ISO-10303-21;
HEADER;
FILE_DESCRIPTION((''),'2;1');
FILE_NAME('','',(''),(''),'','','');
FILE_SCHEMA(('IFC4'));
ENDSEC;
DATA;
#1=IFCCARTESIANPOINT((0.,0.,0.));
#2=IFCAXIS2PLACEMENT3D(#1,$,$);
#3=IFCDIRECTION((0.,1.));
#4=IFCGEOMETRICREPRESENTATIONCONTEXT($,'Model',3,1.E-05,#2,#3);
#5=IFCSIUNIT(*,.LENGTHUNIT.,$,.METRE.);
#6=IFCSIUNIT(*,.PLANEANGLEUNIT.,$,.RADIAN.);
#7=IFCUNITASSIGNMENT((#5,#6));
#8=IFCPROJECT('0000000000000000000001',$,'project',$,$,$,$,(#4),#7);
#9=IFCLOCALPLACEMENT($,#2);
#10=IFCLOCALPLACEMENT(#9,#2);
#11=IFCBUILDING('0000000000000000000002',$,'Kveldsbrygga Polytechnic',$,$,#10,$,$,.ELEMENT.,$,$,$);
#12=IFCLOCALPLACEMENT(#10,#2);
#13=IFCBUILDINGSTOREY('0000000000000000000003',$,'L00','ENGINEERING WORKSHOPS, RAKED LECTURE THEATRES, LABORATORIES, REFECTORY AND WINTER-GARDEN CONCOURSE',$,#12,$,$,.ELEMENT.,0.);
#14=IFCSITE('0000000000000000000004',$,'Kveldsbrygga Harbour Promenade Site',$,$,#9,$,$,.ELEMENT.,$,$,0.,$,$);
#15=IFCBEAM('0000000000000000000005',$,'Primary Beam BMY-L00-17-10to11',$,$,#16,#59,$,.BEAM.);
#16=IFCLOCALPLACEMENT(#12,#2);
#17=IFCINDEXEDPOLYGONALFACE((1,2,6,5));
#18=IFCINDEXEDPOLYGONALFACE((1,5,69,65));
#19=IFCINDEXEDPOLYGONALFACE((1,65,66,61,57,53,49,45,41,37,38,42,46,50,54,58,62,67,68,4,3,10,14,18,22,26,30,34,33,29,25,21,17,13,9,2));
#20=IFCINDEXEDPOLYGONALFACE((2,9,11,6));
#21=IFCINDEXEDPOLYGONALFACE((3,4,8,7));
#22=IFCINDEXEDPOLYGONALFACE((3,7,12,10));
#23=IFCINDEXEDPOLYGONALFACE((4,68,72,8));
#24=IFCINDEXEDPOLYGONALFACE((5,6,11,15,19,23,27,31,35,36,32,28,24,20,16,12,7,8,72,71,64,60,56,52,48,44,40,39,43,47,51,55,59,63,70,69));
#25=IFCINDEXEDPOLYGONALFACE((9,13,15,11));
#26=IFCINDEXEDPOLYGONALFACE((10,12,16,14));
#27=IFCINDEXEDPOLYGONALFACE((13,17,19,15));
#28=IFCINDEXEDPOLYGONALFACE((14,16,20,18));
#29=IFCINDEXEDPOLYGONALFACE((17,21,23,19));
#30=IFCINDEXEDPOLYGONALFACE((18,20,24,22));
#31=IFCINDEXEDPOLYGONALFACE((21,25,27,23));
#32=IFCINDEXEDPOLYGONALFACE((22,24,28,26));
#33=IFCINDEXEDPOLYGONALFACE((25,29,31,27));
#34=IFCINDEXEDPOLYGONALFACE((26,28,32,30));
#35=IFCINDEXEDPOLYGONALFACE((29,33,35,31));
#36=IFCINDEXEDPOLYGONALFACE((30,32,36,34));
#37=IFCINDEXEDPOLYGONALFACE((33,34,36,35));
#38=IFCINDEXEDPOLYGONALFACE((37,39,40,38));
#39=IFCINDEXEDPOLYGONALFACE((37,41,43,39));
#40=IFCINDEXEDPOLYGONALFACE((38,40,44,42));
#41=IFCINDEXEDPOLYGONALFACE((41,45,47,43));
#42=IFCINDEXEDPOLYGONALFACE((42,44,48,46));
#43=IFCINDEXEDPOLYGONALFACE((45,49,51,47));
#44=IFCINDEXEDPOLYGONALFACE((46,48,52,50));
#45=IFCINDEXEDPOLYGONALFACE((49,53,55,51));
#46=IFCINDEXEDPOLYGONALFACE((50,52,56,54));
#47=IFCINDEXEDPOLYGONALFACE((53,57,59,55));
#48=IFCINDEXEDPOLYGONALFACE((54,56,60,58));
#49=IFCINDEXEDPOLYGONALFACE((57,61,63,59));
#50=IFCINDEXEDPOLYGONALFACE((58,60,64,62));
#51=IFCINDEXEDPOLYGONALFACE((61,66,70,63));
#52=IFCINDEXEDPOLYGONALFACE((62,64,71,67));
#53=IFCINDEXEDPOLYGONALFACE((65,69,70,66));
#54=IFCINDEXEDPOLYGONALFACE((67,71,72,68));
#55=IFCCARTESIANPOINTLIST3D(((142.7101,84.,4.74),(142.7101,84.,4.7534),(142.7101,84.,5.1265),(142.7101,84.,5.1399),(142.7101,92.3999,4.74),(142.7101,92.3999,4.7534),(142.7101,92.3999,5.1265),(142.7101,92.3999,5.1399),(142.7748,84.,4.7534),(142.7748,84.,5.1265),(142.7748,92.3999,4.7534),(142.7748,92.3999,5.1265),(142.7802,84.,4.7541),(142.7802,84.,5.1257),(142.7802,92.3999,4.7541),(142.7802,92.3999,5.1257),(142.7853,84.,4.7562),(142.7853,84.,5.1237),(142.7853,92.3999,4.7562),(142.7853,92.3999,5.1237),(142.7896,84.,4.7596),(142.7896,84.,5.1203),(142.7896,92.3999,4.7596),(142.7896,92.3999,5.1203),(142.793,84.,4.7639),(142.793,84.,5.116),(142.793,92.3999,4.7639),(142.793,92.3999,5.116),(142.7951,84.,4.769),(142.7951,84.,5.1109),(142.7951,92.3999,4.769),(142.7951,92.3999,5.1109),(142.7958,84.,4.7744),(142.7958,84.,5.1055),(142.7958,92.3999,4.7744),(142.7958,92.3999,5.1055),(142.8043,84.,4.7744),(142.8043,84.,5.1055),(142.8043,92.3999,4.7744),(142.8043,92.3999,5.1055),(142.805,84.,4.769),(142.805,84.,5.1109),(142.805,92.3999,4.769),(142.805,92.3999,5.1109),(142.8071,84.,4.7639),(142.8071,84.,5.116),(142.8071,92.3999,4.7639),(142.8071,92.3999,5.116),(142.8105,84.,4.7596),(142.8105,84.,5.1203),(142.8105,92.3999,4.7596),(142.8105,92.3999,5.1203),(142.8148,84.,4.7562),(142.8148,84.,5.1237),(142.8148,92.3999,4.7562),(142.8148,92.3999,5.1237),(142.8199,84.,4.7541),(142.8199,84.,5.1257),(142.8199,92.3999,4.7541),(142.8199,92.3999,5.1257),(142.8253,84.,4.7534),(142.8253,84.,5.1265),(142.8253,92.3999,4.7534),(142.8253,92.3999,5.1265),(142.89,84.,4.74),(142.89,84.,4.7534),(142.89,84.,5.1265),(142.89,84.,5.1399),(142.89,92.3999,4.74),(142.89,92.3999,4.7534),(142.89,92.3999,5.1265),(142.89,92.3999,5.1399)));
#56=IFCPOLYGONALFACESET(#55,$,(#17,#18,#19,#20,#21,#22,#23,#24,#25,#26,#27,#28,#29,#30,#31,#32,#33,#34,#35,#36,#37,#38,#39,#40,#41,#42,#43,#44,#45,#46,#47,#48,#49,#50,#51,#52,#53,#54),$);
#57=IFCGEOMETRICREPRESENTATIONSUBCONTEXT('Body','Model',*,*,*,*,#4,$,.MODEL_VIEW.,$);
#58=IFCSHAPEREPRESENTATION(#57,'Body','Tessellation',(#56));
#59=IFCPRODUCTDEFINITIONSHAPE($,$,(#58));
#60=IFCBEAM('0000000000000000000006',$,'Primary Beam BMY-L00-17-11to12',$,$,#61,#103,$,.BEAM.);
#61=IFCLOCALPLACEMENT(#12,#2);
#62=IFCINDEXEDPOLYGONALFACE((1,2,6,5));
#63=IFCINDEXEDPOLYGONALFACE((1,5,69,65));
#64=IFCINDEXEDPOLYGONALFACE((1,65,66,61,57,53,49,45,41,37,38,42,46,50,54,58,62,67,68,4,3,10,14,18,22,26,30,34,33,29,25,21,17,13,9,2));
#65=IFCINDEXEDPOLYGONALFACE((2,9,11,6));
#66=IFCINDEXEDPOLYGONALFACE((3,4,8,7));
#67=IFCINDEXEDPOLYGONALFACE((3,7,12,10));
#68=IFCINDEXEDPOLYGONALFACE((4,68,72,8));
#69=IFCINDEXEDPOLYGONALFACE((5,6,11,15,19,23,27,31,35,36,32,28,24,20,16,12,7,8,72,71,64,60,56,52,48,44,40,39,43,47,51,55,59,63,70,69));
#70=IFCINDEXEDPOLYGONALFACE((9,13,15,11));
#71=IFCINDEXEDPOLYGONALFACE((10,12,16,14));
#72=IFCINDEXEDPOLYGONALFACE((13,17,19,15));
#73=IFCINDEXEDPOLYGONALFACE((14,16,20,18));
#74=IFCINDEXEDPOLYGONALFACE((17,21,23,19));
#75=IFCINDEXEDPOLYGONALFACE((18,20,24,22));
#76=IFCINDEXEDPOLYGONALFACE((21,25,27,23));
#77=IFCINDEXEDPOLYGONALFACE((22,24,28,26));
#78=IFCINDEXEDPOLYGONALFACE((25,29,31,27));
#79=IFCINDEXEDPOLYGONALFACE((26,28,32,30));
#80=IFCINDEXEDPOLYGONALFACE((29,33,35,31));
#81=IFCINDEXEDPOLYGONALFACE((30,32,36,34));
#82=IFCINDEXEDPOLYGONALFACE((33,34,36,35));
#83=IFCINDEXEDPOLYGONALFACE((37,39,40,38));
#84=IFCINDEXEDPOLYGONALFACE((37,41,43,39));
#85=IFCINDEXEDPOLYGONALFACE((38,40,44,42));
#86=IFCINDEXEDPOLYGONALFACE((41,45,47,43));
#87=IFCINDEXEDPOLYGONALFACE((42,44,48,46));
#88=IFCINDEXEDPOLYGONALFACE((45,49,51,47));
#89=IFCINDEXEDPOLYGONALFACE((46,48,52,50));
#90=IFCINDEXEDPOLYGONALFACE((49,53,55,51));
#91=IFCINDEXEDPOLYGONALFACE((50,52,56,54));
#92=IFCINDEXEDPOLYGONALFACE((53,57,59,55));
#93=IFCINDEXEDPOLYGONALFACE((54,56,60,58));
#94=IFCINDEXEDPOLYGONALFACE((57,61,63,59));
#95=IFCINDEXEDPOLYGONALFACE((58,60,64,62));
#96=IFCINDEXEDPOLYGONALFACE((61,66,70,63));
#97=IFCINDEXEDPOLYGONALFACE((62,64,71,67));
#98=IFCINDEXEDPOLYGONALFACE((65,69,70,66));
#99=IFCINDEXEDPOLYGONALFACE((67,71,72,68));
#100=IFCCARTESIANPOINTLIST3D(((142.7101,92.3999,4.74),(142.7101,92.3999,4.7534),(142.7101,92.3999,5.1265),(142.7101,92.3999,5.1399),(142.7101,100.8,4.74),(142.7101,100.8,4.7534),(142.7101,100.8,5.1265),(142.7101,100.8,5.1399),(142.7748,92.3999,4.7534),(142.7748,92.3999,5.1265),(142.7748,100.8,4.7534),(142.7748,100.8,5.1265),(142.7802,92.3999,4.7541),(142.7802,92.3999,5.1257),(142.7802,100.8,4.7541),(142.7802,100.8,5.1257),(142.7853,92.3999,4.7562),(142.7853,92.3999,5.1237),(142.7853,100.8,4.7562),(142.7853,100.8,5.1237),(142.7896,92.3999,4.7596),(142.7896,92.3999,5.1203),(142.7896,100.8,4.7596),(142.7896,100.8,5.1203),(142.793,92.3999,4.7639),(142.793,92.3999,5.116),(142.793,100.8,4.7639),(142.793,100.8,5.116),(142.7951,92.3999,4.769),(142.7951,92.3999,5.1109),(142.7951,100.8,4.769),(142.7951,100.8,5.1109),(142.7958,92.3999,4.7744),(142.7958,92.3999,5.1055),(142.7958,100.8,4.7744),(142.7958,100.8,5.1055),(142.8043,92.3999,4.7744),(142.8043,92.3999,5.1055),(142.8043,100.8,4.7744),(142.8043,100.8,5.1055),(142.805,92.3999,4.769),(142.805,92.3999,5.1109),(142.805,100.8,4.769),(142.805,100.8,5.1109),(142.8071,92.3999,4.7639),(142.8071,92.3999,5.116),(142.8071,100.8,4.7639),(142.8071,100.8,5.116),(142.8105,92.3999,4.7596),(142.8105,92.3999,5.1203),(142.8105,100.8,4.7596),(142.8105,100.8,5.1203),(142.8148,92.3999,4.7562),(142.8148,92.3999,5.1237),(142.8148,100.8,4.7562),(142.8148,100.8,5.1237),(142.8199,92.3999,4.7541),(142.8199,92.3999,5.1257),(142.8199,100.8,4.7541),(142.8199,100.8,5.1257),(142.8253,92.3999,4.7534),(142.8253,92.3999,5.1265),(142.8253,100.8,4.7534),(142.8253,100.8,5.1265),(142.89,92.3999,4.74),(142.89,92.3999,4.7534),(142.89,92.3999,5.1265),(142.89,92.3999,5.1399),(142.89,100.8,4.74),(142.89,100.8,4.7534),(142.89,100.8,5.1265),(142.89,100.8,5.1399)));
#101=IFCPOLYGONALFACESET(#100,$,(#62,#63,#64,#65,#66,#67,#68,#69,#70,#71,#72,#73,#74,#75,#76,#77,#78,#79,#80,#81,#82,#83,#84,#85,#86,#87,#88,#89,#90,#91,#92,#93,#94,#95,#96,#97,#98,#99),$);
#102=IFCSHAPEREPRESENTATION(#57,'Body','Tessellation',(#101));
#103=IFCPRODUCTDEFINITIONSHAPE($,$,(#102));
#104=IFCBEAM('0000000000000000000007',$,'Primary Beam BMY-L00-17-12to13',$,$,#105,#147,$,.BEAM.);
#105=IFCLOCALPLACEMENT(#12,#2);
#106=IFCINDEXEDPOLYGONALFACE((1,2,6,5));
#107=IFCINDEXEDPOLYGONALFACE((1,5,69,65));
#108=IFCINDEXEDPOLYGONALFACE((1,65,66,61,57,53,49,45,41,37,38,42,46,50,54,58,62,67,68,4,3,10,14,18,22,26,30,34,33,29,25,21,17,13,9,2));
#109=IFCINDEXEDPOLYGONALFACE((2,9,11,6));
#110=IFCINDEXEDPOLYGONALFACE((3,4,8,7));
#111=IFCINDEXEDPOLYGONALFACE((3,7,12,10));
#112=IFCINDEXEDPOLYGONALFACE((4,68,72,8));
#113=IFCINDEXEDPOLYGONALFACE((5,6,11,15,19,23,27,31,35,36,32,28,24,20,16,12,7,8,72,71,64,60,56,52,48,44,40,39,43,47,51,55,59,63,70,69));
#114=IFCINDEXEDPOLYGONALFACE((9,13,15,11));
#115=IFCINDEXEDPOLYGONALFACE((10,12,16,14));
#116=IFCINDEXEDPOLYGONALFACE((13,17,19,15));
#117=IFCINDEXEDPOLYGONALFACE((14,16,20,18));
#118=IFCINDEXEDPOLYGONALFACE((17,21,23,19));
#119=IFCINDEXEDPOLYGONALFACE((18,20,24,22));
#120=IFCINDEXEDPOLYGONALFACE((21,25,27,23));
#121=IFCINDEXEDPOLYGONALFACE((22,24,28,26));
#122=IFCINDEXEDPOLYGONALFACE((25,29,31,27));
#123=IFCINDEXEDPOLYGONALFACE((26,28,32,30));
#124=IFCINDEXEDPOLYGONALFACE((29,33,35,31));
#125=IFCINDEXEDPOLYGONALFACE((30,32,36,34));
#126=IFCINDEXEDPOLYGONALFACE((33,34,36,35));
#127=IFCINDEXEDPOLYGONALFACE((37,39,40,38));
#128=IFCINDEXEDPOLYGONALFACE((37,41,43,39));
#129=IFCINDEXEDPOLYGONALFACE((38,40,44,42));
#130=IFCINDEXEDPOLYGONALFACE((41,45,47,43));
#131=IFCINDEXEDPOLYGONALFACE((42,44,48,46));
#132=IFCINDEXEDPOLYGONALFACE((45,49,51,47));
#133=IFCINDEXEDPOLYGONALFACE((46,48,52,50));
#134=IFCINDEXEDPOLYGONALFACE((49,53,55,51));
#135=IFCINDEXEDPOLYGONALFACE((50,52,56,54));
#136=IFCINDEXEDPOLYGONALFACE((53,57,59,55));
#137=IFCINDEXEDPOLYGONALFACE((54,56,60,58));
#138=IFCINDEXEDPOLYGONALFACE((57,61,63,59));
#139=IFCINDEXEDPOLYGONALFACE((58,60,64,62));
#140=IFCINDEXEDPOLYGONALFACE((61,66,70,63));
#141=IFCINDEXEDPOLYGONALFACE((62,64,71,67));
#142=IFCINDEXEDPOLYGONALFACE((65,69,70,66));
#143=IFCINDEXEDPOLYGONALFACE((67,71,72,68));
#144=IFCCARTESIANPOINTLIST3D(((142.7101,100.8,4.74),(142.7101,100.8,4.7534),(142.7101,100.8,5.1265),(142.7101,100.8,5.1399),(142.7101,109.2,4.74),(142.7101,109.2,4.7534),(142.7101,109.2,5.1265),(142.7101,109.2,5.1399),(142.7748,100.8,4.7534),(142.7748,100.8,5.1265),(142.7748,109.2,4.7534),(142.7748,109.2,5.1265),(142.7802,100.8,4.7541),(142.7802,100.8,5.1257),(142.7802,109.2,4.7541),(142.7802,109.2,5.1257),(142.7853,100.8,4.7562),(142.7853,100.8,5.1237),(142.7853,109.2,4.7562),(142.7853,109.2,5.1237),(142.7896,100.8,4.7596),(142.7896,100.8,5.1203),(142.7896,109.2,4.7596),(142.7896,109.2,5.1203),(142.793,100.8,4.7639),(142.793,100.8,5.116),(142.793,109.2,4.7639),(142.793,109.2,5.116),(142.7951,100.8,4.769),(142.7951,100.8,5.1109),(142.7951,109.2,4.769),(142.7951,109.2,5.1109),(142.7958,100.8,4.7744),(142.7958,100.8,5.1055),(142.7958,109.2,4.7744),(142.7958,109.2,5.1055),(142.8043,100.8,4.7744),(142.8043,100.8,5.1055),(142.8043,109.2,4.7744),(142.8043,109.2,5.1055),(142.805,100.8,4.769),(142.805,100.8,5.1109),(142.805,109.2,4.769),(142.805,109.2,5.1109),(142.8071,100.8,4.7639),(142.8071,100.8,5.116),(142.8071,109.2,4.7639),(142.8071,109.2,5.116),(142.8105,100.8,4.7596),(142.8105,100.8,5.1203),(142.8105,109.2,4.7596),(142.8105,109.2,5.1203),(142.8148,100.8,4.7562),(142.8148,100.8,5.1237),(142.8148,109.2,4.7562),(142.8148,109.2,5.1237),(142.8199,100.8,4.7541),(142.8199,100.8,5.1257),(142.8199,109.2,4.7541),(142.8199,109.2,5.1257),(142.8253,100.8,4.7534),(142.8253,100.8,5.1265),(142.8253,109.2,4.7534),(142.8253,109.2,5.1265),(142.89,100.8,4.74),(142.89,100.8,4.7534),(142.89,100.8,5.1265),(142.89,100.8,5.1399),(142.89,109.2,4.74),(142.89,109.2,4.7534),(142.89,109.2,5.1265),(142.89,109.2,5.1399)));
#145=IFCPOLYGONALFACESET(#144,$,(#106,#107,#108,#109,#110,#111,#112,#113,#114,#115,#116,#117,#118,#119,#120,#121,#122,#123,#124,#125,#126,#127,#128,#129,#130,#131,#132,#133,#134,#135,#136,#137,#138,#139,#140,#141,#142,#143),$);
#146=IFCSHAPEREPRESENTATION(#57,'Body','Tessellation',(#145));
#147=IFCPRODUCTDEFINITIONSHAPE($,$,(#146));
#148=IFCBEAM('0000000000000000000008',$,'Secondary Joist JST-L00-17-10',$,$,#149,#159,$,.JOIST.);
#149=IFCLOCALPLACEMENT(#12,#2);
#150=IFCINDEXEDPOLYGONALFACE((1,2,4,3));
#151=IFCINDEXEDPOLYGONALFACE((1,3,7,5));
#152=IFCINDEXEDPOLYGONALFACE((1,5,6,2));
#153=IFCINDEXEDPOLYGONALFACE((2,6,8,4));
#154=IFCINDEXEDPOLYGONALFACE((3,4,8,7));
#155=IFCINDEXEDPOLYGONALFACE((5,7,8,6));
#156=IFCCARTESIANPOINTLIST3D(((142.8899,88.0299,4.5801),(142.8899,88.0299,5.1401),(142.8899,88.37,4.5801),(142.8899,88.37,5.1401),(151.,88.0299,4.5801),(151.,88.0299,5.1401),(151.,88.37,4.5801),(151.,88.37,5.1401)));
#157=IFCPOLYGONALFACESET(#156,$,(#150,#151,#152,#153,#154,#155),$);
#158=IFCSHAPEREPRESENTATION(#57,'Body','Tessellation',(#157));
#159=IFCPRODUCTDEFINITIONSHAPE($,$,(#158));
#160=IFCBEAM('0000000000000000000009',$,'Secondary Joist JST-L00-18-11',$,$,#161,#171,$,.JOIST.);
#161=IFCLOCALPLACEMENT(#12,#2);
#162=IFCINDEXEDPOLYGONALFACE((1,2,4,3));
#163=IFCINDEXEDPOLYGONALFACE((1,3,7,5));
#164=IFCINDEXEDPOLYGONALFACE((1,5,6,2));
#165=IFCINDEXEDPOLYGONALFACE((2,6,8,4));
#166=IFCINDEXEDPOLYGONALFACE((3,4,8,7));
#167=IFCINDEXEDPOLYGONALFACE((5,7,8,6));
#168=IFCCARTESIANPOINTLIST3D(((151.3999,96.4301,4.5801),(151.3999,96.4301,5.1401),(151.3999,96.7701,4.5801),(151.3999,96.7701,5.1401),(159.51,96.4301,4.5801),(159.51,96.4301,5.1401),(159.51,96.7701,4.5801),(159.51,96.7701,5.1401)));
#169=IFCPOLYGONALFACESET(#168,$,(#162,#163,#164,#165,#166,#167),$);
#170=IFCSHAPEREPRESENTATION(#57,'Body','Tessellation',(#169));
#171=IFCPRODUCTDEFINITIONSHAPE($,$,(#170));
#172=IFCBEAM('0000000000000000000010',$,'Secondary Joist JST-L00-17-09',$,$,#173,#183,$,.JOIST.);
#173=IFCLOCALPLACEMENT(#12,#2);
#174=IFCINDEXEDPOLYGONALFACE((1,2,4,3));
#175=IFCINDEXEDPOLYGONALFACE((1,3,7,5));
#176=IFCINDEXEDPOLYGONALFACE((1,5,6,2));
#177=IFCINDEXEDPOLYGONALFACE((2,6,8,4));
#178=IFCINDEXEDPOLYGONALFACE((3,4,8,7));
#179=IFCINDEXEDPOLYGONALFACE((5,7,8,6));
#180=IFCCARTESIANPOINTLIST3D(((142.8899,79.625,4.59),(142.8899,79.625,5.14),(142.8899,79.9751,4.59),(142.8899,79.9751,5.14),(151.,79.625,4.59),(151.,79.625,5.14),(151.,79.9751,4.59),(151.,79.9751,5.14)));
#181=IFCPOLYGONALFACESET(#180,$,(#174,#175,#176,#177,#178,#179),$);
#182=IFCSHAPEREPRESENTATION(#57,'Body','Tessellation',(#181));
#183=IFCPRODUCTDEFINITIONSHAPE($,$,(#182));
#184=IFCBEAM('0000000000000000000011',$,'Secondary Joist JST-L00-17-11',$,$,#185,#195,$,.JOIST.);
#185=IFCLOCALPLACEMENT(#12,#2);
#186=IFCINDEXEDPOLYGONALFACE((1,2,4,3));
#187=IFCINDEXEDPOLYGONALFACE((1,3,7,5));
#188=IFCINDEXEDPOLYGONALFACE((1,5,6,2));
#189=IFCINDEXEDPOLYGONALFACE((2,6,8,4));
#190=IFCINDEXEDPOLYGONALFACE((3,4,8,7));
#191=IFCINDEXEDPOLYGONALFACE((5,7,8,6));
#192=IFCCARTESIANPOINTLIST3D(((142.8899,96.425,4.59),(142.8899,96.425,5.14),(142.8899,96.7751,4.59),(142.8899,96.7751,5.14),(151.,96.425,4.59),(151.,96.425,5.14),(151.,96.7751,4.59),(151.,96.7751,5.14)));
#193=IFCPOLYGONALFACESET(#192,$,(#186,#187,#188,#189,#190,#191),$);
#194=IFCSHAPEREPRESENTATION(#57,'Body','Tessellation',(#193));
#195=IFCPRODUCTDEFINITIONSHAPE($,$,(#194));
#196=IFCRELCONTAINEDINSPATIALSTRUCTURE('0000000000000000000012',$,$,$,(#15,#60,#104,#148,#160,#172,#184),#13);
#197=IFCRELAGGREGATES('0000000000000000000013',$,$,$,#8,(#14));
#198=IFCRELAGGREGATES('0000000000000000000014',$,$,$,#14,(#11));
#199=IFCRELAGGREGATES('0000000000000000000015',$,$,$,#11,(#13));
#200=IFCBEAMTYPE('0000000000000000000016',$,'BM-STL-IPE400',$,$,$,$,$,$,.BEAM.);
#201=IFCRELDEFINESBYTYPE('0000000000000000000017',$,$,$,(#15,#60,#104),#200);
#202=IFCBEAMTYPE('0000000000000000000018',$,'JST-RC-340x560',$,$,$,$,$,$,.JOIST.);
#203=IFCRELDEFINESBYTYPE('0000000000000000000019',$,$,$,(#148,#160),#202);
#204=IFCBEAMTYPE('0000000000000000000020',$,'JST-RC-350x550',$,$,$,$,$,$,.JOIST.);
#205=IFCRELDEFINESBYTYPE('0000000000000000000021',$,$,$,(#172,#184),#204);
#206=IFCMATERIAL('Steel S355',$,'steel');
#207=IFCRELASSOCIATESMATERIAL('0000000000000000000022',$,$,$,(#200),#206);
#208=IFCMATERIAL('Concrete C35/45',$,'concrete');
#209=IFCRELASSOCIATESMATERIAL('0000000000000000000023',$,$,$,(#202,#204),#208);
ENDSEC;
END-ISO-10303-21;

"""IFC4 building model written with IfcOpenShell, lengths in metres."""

from ifc_helpers import new_model, si_unit, direction, frame, origin, origin_2d, place, context, subcontext, project, spatial, rectangle, i_section, extrude, material, material_profile, profile_set, type_object, element, save


model = new_model("IFC4")

# Units and contexts
model_context = context("Model", 3, precision=1e-05, world=origin(), true_north=direction((0.0, 1.0)))
body_context = subcontext(model_context, "Body", "Model", "MODEL_VIEW")
ifc_project = project(units=[si_unit("LENGTHUNIT", "METRE"), si_unit("PLANEANGLEUNIT", "RADIAN")], contexts=[model_context])

# Site, building, storey
site_placement = place(None, origin())
site = spatial("IfcSite", under=ifc_project, at=site_placement, Name="Kveldsbrygga Harbour Promenade Site", CompositionType="ELEMENT", RefElevation=0.0)
building_placement = place(site_placement, origin())
building = spatial("IfcBuilding", under=site, at=building_placement, Name="Kveldsbrygga Polytechnic", CompositionType="ELEMENT")
storey_placement = place(building_placement, origin())
storey = spatial("IfcBuildingStorey", under=building, at=storey_placement, Name="L00", Description="ENGINEERING WORKSHOPS, RAKED LECTURE THEATRES, LABORATORIES, REFECTORY AND WINTER-GARDEN CONCOURSE", CompositionType="ELEMENT", Elevation=0.0)

# Beams
ifc_material_1 = material(Name="Concrete C35/45", Category="concrete")
ifc_material_2 = material(Name="Steel S355", Category="steel")
ifc_material_profile_1 = material_profile(ifc_material_2, i_section(OverallWidth=0.1799, OverallDepth=0.3999, WebThickness=0.0085, FlangeThickness=0.0134, FilletRadius=0.021, at=origin_2d()), Name="IPE 400")
ifc_profile_set_1 = profile_set([ifc_material_profile_1], Name="Steel S355")
beam_type_1 = type_object("IfcBeamType", Name="BM-STL-IPE400", PredefinedType="BEAM", material=ifc_profile_set_1)
beam_1_placement = place(storey_placement, frame((142.8, 84.0, 4.9399), z_axis=(0.0, 1.0, 0.0), x_axis=(-1.0, 0.0, 0.0)))
element("IfcBeam", 1, at=beam_1_placement, inside=storey, type_object=beam_type_1, Name="Primary Beam BMY-L00-17-10to11", PredefinedType="BEAM", context=body_context, shape_type="SweptSolid", body=[
    extrude(i_section(OverallWidth=0.1799, OverallDepth=0.3999, WebThickness=0.0085, FlangeThickness=0.0134, FilletRadius=0.021, at=origin_2d()), origin(), (0.0, 0.0, 1.0), 8.3999),
])
beam_2_placement = place(storey_placement, frame((142.8, 92.3999, 4.9399), z_axis=(0.0, 1.0, 0.0), x_axis=(-1.0, 0.0, 0.0)))
element("IfcBeam", 2, at=beam_2_placement, inside=storey, type_object=beam_type_1, Name="Primary Beam BMY-L00-17-11to12", PredefinedType="BEAM", context=body_context, shape_type="SweptSolid", body=[
    extrude(i_section(OverallWidth=0.1799, OverallDepth=0.3999, WebThickness=0.0085, FlangeThickness=0.0134, FilletRadius=0.021, at=origin_2d()), origin(), (0.0, 0.0, 1.0), 8.4001),
])
beam_3_placement = place(storey_placement, frame((142.8, 100.8, 4.9399), z_axis=(0.0, 1.0, 0.0), x_axis=(-1.0, 0.0, 0.0)))
element("IfcBeam", 3, at=beam_3_placement, inside=storey, type_object=beam_type_1, Name="Primary Beam BMY-L00-17-12to13", PredefinedType="BEAM", context=body_context, shape_type="SweptSolid", body=[
    extrude(i_section(OverallWidth=0.1799, OverallDepth=0.3999, WebThickness=0.0085, FlangeThickness=0.0134, FilletRadius=0.021, at=origin_2d()), origin(), (0.0, 0.0, 1.0), 8.3999),
])
ifc_material_profile_2 = material_profile(ifc_material_1, rectangle(XDim=0.3401, YDim=0.5601, at=origin_2d()), Name="RC 340x560")
ifc_profile_set_2 = profile_set([ifc_material_profile_2], Name="Concrete C35/45")
beam_type_2 = type_object("IfcBeamType", Name="JST-RC-340x560", PredefinedType="JOIST", material=ifc_profile_set_2)
for number, where, z_axis, x_axis, name in (
    (4, (142.8899, 88.2, 4.8601), (1.0, 0.0, 0.0), (0.0, 1.0, 0.0), "Secondary Joist JST-L00-17-10"),
    (5, (151.3999, 96.6001, 4.8601), (1.0, 0.0, 0.0), (0.0, 1.0, 0.0), "Secondary Joist JST-L00-18-11"),
):
    element("IfcBeam", number, at=place(storey_placement, frame(where, z_axis=z_axis, x_axis=x_axis)), inside=storey, type_object=beam_type_2, Name=name, PredefinedType="JOIST", context=body_context, shape_type="SweptSolid", body=[
        extrude(rectangle(XDim=0.3401, YDim=0.5601, at=origin_2d()), origin(), (0.0, 0.0, 1.0), 8.1101),
    ])
ifc_material_profile_3 = material_profile(ifc_material_1, rectangle(XDim=0.3501, YDim=0.55, at=origin_2d()), Name="RC 350x550")
ifc_profile_set_3 = profile_set([ifc_material_profile_3], Name="Concrete C35/45")
beam_type_3 = type_object("IfcBeamType", Name="JST-RC-350x550", PredefinedType="JOIST", material=ifc_profile_set_3)
for number, where, z_axis, x_axis, name in (
    (6, (142.8899, 79.8, 4.865), (1.0, 0.0, 0.0), (0.0, 1.0, 0.0), "Secondary Joist JST-L00-17-09"),
    (7, (142.8899, 96.6001, 4.865), (1.0, 0.0, 0.0), (0.0, 1.0, 0.0), "Secondary Joist JST-L00-17-11"),
):
    element("IfcBeam", number, at=place(storey_placement, frame(where, z_axis=z_axis, x_axis=x_axis)), inside=storey, type_object=beam_type_3, Name=name, PredefinedType="JOIST", context=body_context, shape_type="SweptSolid", body=[
        extrude(rectangle(XDim=0.3501, YDim=0.55, at=origin_2d()), origin(), (0.0, 0.0, 1.0), 8.1101),
    ])

save(model, "model.ifc")
